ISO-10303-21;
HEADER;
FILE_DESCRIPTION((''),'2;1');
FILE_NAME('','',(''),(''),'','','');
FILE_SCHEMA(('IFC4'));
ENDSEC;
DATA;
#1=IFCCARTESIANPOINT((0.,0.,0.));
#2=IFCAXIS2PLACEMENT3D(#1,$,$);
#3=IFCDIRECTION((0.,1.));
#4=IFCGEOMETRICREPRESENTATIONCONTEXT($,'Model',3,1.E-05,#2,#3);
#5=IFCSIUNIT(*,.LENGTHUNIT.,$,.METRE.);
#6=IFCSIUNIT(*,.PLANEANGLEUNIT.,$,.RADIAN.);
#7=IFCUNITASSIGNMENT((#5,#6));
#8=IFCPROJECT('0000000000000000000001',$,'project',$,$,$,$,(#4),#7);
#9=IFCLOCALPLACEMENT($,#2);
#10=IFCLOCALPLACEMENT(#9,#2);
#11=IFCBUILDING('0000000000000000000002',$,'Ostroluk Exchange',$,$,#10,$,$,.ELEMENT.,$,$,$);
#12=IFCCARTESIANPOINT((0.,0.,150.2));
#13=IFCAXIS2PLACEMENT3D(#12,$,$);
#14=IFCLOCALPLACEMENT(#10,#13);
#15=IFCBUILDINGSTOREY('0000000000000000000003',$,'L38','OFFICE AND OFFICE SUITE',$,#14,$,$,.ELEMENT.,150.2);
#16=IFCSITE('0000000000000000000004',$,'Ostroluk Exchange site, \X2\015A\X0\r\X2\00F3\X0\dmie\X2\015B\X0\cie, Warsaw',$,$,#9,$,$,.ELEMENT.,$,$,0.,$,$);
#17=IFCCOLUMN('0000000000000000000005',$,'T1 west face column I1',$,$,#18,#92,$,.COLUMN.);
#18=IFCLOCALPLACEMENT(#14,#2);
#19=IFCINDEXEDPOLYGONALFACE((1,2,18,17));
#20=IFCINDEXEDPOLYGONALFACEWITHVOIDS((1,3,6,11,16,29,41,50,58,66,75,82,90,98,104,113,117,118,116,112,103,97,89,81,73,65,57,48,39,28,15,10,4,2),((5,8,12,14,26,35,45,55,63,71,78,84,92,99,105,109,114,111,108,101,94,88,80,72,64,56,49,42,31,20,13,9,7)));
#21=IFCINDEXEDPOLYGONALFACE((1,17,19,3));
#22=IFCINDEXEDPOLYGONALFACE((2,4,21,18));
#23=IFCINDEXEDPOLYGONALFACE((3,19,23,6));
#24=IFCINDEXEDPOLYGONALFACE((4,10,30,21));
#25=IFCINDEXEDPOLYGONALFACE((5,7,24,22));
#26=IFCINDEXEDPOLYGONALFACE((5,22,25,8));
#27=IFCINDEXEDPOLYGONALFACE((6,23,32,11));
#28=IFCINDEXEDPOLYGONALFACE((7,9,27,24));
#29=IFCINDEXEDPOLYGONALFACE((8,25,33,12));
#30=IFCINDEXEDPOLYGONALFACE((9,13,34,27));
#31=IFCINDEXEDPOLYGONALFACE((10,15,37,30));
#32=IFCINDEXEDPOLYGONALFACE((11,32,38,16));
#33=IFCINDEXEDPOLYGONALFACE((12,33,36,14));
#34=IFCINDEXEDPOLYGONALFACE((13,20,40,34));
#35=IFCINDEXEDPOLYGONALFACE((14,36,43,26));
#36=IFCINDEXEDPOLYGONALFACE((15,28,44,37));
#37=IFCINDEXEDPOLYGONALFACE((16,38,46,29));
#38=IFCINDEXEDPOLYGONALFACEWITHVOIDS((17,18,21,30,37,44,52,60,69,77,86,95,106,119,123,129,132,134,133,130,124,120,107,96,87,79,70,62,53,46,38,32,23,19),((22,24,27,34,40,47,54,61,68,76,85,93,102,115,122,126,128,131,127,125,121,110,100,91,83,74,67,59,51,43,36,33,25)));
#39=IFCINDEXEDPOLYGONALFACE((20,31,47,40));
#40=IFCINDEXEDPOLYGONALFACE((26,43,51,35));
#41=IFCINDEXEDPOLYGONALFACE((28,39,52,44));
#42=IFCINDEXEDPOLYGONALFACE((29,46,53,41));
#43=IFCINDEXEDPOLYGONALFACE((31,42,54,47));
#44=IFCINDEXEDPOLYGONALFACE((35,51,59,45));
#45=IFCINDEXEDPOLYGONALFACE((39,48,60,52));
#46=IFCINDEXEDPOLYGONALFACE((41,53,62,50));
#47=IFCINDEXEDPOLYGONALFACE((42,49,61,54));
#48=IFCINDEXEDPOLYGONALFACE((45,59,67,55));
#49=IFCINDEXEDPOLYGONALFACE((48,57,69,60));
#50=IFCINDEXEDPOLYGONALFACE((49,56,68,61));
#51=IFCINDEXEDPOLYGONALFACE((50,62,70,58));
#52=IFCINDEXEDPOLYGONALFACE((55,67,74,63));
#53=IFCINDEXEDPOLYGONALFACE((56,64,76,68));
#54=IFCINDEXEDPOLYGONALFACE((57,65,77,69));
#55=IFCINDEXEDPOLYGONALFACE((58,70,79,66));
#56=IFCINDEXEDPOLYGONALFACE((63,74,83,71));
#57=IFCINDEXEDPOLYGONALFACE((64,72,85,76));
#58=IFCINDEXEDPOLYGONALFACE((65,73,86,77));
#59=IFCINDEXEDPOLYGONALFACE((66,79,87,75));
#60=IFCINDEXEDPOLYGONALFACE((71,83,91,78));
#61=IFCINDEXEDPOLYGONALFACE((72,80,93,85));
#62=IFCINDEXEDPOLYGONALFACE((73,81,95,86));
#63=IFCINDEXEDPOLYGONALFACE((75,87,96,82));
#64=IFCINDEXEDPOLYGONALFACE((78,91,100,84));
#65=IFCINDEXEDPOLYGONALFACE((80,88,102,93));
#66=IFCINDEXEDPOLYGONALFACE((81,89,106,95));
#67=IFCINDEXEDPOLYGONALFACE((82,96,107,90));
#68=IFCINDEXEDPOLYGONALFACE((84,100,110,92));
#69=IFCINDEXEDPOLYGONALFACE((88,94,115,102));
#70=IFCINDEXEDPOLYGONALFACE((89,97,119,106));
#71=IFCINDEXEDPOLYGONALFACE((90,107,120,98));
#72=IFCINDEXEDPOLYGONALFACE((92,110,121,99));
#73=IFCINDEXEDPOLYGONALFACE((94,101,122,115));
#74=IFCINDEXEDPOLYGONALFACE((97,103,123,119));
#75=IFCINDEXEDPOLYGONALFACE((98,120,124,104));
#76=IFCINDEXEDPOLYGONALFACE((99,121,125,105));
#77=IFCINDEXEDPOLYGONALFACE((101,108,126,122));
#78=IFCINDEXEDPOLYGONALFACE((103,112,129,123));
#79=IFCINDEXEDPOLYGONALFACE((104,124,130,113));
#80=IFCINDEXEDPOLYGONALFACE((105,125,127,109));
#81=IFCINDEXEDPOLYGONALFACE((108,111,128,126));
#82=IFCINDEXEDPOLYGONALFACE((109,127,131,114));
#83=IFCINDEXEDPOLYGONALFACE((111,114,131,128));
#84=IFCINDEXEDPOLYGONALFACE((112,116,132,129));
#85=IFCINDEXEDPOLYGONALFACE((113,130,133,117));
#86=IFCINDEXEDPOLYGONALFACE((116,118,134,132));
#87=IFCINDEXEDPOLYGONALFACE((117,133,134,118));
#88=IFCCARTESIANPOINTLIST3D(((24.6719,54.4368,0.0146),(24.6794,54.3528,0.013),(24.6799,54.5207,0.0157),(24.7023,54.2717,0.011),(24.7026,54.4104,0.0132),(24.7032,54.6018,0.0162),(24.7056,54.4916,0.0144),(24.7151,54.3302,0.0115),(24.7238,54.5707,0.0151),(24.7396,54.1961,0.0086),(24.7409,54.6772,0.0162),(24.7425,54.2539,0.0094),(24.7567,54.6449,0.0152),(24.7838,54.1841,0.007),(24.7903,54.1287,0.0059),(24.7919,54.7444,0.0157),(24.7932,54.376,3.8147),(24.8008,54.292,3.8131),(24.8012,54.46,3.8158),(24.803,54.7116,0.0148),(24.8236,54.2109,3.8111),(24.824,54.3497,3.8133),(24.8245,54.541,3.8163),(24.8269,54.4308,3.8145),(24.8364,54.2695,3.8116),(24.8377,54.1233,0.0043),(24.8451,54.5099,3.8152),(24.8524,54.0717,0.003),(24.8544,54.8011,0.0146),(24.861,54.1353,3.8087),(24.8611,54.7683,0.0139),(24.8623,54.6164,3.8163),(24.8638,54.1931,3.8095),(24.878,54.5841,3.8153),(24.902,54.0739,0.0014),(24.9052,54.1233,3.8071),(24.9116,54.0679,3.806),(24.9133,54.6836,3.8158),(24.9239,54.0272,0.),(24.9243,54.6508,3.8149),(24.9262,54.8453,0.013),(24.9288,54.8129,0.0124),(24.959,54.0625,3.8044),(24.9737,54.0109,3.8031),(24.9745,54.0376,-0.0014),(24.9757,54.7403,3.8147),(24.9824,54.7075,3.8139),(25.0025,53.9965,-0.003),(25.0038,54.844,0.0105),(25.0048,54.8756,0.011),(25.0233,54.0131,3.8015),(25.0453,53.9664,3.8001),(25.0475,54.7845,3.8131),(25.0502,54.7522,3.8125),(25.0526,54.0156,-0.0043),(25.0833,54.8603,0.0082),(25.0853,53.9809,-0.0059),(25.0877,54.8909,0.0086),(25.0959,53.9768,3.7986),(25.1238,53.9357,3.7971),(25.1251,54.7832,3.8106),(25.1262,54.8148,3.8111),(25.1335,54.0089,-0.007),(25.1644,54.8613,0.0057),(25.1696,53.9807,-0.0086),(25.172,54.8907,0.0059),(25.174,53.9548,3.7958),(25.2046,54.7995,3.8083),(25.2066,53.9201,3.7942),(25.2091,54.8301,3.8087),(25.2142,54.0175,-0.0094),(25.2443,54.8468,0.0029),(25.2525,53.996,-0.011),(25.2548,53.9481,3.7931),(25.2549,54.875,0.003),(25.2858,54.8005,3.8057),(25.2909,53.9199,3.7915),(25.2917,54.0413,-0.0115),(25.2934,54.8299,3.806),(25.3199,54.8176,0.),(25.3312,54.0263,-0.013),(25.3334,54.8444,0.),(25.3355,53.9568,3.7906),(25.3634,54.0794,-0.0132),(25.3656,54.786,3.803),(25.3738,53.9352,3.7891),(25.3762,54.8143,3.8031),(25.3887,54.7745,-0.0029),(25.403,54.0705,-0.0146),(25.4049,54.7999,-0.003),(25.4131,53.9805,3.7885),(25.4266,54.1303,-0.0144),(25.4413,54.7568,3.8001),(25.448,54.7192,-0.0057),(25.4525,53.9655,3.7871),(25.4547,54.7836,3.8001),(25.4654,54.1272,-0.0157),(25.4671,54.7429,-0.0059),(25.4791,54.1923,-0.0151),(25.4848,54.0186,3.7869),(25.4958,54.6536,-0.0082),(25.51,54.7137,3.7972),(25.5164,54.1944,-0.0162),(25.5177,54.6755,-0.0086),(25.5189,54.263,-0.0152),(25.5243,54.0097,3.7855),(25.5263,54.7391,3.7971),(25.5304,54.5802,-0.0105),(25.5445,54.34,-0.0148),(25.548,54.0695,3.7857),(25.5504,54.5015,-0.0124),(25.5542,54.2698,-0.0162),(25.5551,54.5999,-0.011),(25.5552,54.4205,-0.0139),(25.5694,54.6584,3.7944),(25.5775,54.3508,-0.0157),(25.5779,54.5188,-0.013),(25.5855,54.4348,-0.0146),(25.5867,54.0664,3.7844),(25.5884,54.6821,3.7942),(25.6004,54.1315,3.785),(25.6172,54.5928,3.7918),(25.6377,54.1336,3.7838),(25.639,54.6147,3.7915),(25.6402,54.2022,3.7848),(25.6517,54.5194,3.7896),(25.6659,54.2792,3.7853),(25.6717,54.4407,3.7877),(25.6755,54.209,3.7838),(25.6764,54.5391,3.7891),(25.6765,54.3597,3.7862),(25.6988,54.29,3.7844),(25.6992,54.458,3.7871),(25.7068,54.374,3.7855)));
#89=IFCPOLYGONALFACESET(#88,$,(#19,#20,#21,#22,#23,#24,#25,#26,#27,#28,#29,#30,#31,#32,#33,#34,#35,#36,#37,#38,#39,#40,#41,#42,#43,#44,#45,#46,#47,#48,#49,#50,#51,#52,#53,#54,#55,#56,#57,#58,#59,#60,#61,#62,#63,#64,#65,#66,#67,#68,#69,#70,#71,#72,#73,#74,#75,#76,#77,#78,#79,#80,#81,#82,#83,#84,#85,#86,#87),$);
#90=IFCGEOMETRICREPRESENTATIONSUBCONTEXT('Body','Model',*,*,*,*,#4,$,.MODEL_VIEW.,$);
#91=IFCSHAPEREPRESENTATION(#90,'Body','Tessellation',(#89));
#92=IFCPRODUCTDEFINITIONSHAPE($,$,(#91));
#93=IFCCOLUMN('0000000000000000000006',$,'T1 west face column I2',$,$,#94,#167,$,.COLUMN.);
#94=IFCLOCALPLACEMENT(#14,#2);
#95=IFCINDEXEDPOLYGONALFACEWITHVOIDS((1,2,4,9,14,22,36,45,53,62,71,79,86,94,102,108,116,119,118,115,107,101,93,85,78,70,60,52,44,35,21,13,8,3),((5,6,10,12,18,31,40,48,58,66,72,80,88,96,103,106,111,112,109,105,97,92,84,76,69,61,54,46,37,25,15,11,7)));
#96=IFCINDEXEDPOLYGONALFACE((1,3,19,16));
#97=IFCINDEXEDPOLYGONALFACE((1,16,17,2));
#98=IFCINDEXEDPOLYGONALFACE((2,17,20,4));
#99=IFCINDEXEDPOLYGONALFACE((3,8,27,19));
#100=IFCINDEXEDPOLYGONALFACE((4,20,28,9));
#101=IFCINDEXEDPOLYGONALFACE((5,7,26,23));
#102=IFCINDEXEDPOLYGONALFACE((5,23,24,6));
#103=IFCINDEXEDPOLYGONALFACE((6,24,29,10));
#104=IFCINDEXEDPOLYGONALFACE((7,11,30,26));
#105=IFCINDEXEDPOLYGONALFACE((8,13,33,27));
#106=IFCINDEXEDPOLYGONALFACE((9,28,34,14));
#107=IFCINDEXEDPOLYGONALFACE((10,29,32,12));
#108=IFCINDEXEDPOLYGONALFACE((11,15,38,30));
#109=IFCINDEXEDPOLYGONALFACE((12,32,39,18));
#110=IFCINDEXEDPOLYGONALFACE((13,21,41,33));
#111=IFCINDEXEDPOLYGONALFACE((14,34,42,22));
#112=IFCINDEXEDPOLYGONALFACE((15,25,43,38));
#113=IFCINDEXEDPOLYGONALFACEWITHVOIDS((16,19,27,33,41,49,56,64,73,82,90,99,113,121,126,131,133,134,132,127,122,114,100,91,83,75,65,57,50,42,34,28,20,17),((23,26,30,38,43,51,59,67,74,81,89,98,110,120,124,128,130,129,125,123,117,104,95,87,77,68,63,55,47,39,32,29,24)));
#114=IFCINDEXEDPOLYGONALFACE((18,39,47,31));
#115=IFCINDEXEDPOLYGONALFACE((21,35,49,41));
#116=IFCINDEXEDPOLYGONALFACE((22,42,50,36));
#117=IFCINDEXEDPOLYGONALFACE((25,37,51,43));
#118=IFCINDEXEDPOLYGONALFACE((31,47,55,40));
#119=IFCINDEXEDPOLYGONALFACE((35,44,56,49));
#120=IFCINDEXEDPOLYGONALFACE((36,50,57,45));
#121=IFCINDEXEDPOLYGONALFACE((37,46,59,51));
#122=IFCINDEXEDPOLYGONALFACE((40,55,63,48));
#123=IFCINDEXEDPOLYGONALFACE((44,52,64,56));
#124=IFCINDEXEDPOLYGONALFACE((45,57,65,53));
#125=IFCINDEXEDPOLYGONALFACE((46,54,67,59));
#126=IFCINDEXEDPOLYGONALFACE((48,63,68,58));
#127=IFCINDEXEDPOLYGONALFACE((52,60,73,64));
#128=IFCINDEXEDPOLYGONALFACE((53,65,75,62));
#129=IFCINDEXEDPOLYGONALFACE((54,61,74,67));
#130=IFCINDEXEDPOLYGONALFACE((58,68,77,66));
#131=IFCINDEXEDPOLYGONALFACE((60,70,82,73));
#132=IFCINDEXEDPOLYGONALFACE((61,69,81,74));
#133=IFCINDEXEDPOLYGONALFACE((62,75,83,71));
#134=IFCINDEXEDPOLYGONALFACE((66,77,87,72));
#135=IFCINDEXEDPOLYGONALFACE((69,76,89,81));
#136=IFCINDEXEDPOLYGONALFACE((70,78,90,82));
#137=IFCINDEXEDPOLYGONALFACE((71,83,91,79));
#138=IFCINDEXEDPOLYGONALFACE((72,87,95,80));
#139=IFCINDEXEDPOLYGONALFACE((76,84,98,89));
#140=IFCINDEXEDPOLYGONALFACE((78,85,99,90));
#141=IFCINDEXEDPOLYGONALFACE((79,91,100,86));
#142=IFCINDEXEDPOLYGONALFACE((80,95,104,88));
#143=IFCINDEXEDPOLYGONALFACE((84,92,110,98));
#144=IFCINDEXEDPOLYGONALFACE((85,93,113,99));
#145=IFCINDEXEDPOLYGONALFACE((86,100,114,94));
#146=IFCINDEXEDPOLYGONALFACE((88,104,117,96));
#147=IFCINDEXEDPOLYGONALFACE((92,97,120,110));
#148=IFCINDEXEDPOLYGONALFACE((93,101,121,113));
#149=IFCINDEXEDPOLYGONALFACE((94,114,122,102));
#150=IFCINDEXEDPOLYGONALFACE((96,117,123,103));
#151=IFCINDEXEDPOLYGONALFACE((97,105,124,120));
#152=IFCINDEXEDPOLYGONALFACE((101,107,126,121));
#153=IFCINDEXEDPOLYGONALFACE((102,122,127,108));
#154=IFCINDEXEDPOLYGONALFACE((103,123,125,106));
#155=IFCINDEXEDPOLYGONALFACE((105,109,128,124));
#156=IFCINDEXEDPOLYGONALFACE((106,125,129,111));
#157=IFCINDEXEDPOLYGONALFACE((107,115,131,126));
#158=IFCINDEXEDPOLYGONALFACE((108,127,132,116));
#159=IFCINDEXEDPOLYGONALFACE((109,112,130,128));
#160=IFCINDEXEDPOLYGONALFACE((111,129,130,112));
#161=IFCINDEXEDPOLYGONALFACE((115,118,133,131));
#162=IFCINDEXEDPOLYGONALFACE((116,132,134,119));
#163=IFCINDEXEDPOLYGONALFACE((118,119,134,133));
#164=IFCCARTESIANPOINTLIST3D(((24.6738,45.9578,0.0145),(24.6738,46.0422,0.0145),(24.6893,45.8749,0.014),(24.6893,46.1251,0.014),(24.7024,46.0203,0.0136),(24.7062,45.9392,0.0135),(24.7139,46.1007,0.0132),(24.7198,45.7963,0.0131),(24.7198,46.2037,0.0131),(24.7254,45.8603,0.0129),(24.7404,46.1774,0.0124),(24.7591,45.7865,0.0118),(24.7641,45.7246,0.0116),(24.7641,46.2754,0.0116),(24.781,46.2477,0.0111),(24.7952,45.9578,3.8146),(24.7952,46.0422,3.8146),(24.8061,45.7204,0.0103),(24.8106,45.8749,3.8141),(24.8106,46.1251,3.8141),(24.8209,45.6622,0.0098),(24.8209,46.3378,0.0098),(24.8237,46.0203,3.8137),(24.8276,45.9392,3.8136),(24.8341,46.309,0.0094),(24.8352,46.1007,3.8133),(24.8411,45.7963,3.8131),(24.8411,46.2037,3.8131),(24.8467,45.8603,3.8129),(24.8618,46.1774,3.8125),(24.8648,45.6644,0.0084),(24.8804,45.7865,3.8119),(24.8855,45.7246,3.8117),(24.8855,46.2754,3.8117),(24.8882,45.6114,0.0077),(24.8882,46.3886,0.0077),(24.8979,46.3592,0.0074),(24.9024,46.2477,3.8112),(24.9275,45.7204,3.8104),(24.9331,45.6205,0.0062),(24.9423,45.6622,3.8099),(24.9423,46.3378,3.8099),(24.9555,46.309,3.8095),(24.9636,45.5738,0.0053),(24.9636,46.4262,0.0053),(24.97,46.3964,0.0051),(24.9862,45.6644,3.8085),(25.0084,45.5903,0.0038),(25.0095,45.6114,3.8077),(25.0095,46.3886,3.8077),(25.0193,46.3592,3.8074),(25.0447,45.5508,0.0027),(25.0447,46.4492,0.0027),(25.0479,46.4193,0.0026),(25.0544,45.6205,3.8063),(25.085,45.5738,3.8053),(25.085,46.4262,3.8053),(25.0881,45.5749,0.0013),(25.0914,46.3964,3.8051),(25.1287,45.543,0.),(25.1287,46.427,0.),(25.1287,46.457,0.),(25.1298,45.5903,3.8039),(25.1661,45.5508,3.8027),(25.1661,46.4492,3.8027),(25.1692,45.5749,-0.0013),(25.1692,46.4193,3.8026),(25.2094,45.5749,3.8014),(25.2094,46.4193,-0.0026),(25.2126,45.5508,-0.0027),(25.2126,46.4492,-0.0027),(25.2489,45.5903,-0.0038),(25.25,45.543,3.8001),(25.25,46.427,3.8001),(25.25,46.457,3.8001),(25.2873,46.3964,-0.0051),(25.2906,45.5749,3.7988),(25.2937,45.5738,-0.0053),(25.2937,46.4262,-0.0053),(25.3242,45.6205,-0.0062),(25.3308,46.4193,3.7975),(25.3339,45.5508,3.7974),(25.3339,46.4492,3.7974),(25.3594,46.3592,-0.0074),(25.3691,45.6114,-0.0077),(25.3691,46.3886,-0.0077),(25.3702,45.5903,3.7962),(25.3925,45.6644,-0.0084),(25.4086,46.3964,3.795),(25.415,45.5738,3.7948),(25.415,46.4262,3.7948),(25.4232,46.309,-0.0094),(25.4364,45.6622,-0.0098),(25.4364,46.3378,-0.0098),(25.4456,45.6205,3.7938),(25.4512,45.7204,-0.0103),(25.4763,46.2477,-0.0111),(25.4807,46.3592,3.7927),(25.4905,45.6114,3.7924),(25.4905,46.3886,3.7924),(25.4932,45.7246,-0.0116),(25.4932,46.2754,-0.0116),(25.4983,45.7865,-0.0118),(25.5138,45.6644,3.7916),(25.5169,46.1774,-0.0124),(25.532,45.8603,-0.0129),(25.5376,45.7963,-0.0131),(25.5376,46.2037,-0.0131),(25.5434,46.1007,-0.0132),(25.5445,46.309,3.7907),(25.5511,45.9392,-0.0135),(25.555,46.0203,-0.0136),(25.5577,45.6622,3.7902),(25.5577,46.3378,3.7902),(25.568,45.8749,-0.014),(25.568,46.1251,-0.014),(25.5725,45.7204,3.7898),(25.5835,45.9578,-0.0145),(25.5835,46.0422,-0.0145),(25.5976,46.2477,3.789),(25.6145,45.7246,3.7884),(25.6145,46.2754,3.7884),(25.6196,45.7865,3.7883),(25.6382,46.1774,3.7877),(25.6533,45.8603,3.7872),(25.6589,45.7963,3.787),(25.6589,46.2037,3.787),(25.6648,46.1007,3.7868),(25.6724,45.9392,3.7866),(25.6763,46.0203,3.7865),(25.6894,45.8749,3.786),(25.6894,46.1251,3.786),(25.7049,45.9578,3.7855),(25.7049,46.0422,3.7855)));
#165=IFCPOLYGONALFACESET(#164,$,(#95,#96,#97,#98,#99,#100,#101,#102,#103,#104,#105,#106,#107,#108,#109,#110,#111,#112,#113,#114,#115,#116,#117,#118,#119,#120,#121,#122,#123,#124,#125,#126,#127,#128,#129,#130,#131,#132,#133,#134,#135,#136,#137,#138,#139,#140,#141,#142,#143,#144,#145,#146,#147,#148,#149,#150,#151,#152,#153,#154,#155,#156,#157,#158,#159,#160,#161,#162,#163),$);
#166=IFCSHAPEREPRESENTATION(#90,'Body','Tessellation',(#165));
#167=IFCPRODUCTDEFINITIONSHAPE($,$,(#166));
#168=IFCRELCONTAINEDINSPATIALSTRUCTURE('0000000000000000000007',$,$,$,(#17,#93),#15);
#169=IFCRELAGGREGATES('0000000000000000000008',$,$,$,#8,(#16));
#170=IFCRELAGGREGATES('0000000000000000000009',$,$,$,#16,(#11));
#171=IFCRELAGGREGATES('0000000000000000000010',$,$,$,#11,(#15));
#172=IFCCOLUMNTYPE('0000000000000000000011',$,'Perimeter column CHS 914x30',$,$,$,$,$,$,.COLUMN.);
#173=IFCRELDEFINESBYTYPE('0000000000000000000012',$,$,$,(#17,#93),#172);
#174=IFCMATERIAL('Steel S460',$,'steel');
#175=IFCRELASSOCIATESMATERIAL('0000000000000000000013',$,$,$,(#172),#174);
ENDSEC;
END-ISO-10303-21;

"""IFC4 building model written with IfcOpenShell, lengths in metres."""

from ifc_helpers import new_model, si_unit, direction, frame, origin, origin_2d, place, context, subcontext, project, spatial, hollow_circle, extrude, material, material_profile, profile_set, type_object, element, save


model = new_model("IFC4")

# Units and contexts
model_context = context("Model", 3, precision=1e-05, world=origin(), true_north=direction((0.0, 1.0)))
body_context = subcontext(model_context, "Body", "Model", "MODEL_VIEW")
ifc_project = project(units=[si_unit("LENGTHUNIT", "METRE"), si_unit("PLANEANGLEUNIT", "RADIAN")], contexts=[model_context])

# Site, building, storey
site_placement = place(None, origin())
site = spatial("IfcSite", under=ifc_project, at=site_placement, Name="Ostroluk Exchange site, Śródmieście, Warsaw", CompositionType="ELEMENT", RefElevation=0.0)
building_placement = place(site_placement, origin())
building = spatial("IfcBuilding", under=site, at=building_placement, Name="Ostroluk Exchange", CompositionType="ELEMENT")
storey_placement = place(building_placement, frame((0.0, 0.0, 150.2)))
storey = spatial("IfcBuildingStorey", under=building, at=storey_placement, Name="L38", Description="OFFICE AND OFFICE SUITE", CompositionType="ELEMENT", Elevation=150.2)

# Columns
ifc_material_1 = material(Name="Steel S460", Category="steel")
ifc_material_profile_1 = material_profile(ifc_material_1, hollow_circle(Radius=0.457, WallThickness=0.03, at=origin_2d()), Name="CHS 914x30")
ifc_profile_set_1 = profile_set([ifc_material_profile_1], Name="Steel S460")
column_type = type_object("IfcColumnType", Name="Perimeter column CHS 914x30", PredefinedType="COLUMN", material=ifc_profile_set_1)
column_1_placement = place(storey_placement, frame((25.1287, 54.4358, 0.0), z_axis=(0.03191, -0.015987, 0.999363), x_axis=(0.447933, 0.894067, 0.0)))
element("IfcColumn", 1, at=column_1_placement, inside=storey, type_object=column_type, Name="T1 west face column I1", PredefinedType="COLUMN", context=body_context, shape_type="SweptSolid", body=[
    extrude(hollow_circle(Radius=0.457, WallThickness=0.03, at=origin_2d()), origin(), (0.0, 0.0, 1.0), 3.8025),
])
column_2_placement = place(storey_placement, frame((25.1287, 46.0, 0.0), z_axis=(0.031914, 0.0, 0.999491), x_axis=(0.0, 1.0, 0.0)))
element("IfcColumn", 2, at=column_2_placement, inside=storey, type_object=column_type, Name="T1 west face column I2", PredefinedType="COLUMN", context=body_context, shape_type="SweptSolid", body=[
    extrude(hollow_circle(Radius=0.457, WallThickness=0.03, at=origin_2d()), origin(), (0.0, 0.0, 1.0), 3.802),
])

save(model, "model.ifc")
